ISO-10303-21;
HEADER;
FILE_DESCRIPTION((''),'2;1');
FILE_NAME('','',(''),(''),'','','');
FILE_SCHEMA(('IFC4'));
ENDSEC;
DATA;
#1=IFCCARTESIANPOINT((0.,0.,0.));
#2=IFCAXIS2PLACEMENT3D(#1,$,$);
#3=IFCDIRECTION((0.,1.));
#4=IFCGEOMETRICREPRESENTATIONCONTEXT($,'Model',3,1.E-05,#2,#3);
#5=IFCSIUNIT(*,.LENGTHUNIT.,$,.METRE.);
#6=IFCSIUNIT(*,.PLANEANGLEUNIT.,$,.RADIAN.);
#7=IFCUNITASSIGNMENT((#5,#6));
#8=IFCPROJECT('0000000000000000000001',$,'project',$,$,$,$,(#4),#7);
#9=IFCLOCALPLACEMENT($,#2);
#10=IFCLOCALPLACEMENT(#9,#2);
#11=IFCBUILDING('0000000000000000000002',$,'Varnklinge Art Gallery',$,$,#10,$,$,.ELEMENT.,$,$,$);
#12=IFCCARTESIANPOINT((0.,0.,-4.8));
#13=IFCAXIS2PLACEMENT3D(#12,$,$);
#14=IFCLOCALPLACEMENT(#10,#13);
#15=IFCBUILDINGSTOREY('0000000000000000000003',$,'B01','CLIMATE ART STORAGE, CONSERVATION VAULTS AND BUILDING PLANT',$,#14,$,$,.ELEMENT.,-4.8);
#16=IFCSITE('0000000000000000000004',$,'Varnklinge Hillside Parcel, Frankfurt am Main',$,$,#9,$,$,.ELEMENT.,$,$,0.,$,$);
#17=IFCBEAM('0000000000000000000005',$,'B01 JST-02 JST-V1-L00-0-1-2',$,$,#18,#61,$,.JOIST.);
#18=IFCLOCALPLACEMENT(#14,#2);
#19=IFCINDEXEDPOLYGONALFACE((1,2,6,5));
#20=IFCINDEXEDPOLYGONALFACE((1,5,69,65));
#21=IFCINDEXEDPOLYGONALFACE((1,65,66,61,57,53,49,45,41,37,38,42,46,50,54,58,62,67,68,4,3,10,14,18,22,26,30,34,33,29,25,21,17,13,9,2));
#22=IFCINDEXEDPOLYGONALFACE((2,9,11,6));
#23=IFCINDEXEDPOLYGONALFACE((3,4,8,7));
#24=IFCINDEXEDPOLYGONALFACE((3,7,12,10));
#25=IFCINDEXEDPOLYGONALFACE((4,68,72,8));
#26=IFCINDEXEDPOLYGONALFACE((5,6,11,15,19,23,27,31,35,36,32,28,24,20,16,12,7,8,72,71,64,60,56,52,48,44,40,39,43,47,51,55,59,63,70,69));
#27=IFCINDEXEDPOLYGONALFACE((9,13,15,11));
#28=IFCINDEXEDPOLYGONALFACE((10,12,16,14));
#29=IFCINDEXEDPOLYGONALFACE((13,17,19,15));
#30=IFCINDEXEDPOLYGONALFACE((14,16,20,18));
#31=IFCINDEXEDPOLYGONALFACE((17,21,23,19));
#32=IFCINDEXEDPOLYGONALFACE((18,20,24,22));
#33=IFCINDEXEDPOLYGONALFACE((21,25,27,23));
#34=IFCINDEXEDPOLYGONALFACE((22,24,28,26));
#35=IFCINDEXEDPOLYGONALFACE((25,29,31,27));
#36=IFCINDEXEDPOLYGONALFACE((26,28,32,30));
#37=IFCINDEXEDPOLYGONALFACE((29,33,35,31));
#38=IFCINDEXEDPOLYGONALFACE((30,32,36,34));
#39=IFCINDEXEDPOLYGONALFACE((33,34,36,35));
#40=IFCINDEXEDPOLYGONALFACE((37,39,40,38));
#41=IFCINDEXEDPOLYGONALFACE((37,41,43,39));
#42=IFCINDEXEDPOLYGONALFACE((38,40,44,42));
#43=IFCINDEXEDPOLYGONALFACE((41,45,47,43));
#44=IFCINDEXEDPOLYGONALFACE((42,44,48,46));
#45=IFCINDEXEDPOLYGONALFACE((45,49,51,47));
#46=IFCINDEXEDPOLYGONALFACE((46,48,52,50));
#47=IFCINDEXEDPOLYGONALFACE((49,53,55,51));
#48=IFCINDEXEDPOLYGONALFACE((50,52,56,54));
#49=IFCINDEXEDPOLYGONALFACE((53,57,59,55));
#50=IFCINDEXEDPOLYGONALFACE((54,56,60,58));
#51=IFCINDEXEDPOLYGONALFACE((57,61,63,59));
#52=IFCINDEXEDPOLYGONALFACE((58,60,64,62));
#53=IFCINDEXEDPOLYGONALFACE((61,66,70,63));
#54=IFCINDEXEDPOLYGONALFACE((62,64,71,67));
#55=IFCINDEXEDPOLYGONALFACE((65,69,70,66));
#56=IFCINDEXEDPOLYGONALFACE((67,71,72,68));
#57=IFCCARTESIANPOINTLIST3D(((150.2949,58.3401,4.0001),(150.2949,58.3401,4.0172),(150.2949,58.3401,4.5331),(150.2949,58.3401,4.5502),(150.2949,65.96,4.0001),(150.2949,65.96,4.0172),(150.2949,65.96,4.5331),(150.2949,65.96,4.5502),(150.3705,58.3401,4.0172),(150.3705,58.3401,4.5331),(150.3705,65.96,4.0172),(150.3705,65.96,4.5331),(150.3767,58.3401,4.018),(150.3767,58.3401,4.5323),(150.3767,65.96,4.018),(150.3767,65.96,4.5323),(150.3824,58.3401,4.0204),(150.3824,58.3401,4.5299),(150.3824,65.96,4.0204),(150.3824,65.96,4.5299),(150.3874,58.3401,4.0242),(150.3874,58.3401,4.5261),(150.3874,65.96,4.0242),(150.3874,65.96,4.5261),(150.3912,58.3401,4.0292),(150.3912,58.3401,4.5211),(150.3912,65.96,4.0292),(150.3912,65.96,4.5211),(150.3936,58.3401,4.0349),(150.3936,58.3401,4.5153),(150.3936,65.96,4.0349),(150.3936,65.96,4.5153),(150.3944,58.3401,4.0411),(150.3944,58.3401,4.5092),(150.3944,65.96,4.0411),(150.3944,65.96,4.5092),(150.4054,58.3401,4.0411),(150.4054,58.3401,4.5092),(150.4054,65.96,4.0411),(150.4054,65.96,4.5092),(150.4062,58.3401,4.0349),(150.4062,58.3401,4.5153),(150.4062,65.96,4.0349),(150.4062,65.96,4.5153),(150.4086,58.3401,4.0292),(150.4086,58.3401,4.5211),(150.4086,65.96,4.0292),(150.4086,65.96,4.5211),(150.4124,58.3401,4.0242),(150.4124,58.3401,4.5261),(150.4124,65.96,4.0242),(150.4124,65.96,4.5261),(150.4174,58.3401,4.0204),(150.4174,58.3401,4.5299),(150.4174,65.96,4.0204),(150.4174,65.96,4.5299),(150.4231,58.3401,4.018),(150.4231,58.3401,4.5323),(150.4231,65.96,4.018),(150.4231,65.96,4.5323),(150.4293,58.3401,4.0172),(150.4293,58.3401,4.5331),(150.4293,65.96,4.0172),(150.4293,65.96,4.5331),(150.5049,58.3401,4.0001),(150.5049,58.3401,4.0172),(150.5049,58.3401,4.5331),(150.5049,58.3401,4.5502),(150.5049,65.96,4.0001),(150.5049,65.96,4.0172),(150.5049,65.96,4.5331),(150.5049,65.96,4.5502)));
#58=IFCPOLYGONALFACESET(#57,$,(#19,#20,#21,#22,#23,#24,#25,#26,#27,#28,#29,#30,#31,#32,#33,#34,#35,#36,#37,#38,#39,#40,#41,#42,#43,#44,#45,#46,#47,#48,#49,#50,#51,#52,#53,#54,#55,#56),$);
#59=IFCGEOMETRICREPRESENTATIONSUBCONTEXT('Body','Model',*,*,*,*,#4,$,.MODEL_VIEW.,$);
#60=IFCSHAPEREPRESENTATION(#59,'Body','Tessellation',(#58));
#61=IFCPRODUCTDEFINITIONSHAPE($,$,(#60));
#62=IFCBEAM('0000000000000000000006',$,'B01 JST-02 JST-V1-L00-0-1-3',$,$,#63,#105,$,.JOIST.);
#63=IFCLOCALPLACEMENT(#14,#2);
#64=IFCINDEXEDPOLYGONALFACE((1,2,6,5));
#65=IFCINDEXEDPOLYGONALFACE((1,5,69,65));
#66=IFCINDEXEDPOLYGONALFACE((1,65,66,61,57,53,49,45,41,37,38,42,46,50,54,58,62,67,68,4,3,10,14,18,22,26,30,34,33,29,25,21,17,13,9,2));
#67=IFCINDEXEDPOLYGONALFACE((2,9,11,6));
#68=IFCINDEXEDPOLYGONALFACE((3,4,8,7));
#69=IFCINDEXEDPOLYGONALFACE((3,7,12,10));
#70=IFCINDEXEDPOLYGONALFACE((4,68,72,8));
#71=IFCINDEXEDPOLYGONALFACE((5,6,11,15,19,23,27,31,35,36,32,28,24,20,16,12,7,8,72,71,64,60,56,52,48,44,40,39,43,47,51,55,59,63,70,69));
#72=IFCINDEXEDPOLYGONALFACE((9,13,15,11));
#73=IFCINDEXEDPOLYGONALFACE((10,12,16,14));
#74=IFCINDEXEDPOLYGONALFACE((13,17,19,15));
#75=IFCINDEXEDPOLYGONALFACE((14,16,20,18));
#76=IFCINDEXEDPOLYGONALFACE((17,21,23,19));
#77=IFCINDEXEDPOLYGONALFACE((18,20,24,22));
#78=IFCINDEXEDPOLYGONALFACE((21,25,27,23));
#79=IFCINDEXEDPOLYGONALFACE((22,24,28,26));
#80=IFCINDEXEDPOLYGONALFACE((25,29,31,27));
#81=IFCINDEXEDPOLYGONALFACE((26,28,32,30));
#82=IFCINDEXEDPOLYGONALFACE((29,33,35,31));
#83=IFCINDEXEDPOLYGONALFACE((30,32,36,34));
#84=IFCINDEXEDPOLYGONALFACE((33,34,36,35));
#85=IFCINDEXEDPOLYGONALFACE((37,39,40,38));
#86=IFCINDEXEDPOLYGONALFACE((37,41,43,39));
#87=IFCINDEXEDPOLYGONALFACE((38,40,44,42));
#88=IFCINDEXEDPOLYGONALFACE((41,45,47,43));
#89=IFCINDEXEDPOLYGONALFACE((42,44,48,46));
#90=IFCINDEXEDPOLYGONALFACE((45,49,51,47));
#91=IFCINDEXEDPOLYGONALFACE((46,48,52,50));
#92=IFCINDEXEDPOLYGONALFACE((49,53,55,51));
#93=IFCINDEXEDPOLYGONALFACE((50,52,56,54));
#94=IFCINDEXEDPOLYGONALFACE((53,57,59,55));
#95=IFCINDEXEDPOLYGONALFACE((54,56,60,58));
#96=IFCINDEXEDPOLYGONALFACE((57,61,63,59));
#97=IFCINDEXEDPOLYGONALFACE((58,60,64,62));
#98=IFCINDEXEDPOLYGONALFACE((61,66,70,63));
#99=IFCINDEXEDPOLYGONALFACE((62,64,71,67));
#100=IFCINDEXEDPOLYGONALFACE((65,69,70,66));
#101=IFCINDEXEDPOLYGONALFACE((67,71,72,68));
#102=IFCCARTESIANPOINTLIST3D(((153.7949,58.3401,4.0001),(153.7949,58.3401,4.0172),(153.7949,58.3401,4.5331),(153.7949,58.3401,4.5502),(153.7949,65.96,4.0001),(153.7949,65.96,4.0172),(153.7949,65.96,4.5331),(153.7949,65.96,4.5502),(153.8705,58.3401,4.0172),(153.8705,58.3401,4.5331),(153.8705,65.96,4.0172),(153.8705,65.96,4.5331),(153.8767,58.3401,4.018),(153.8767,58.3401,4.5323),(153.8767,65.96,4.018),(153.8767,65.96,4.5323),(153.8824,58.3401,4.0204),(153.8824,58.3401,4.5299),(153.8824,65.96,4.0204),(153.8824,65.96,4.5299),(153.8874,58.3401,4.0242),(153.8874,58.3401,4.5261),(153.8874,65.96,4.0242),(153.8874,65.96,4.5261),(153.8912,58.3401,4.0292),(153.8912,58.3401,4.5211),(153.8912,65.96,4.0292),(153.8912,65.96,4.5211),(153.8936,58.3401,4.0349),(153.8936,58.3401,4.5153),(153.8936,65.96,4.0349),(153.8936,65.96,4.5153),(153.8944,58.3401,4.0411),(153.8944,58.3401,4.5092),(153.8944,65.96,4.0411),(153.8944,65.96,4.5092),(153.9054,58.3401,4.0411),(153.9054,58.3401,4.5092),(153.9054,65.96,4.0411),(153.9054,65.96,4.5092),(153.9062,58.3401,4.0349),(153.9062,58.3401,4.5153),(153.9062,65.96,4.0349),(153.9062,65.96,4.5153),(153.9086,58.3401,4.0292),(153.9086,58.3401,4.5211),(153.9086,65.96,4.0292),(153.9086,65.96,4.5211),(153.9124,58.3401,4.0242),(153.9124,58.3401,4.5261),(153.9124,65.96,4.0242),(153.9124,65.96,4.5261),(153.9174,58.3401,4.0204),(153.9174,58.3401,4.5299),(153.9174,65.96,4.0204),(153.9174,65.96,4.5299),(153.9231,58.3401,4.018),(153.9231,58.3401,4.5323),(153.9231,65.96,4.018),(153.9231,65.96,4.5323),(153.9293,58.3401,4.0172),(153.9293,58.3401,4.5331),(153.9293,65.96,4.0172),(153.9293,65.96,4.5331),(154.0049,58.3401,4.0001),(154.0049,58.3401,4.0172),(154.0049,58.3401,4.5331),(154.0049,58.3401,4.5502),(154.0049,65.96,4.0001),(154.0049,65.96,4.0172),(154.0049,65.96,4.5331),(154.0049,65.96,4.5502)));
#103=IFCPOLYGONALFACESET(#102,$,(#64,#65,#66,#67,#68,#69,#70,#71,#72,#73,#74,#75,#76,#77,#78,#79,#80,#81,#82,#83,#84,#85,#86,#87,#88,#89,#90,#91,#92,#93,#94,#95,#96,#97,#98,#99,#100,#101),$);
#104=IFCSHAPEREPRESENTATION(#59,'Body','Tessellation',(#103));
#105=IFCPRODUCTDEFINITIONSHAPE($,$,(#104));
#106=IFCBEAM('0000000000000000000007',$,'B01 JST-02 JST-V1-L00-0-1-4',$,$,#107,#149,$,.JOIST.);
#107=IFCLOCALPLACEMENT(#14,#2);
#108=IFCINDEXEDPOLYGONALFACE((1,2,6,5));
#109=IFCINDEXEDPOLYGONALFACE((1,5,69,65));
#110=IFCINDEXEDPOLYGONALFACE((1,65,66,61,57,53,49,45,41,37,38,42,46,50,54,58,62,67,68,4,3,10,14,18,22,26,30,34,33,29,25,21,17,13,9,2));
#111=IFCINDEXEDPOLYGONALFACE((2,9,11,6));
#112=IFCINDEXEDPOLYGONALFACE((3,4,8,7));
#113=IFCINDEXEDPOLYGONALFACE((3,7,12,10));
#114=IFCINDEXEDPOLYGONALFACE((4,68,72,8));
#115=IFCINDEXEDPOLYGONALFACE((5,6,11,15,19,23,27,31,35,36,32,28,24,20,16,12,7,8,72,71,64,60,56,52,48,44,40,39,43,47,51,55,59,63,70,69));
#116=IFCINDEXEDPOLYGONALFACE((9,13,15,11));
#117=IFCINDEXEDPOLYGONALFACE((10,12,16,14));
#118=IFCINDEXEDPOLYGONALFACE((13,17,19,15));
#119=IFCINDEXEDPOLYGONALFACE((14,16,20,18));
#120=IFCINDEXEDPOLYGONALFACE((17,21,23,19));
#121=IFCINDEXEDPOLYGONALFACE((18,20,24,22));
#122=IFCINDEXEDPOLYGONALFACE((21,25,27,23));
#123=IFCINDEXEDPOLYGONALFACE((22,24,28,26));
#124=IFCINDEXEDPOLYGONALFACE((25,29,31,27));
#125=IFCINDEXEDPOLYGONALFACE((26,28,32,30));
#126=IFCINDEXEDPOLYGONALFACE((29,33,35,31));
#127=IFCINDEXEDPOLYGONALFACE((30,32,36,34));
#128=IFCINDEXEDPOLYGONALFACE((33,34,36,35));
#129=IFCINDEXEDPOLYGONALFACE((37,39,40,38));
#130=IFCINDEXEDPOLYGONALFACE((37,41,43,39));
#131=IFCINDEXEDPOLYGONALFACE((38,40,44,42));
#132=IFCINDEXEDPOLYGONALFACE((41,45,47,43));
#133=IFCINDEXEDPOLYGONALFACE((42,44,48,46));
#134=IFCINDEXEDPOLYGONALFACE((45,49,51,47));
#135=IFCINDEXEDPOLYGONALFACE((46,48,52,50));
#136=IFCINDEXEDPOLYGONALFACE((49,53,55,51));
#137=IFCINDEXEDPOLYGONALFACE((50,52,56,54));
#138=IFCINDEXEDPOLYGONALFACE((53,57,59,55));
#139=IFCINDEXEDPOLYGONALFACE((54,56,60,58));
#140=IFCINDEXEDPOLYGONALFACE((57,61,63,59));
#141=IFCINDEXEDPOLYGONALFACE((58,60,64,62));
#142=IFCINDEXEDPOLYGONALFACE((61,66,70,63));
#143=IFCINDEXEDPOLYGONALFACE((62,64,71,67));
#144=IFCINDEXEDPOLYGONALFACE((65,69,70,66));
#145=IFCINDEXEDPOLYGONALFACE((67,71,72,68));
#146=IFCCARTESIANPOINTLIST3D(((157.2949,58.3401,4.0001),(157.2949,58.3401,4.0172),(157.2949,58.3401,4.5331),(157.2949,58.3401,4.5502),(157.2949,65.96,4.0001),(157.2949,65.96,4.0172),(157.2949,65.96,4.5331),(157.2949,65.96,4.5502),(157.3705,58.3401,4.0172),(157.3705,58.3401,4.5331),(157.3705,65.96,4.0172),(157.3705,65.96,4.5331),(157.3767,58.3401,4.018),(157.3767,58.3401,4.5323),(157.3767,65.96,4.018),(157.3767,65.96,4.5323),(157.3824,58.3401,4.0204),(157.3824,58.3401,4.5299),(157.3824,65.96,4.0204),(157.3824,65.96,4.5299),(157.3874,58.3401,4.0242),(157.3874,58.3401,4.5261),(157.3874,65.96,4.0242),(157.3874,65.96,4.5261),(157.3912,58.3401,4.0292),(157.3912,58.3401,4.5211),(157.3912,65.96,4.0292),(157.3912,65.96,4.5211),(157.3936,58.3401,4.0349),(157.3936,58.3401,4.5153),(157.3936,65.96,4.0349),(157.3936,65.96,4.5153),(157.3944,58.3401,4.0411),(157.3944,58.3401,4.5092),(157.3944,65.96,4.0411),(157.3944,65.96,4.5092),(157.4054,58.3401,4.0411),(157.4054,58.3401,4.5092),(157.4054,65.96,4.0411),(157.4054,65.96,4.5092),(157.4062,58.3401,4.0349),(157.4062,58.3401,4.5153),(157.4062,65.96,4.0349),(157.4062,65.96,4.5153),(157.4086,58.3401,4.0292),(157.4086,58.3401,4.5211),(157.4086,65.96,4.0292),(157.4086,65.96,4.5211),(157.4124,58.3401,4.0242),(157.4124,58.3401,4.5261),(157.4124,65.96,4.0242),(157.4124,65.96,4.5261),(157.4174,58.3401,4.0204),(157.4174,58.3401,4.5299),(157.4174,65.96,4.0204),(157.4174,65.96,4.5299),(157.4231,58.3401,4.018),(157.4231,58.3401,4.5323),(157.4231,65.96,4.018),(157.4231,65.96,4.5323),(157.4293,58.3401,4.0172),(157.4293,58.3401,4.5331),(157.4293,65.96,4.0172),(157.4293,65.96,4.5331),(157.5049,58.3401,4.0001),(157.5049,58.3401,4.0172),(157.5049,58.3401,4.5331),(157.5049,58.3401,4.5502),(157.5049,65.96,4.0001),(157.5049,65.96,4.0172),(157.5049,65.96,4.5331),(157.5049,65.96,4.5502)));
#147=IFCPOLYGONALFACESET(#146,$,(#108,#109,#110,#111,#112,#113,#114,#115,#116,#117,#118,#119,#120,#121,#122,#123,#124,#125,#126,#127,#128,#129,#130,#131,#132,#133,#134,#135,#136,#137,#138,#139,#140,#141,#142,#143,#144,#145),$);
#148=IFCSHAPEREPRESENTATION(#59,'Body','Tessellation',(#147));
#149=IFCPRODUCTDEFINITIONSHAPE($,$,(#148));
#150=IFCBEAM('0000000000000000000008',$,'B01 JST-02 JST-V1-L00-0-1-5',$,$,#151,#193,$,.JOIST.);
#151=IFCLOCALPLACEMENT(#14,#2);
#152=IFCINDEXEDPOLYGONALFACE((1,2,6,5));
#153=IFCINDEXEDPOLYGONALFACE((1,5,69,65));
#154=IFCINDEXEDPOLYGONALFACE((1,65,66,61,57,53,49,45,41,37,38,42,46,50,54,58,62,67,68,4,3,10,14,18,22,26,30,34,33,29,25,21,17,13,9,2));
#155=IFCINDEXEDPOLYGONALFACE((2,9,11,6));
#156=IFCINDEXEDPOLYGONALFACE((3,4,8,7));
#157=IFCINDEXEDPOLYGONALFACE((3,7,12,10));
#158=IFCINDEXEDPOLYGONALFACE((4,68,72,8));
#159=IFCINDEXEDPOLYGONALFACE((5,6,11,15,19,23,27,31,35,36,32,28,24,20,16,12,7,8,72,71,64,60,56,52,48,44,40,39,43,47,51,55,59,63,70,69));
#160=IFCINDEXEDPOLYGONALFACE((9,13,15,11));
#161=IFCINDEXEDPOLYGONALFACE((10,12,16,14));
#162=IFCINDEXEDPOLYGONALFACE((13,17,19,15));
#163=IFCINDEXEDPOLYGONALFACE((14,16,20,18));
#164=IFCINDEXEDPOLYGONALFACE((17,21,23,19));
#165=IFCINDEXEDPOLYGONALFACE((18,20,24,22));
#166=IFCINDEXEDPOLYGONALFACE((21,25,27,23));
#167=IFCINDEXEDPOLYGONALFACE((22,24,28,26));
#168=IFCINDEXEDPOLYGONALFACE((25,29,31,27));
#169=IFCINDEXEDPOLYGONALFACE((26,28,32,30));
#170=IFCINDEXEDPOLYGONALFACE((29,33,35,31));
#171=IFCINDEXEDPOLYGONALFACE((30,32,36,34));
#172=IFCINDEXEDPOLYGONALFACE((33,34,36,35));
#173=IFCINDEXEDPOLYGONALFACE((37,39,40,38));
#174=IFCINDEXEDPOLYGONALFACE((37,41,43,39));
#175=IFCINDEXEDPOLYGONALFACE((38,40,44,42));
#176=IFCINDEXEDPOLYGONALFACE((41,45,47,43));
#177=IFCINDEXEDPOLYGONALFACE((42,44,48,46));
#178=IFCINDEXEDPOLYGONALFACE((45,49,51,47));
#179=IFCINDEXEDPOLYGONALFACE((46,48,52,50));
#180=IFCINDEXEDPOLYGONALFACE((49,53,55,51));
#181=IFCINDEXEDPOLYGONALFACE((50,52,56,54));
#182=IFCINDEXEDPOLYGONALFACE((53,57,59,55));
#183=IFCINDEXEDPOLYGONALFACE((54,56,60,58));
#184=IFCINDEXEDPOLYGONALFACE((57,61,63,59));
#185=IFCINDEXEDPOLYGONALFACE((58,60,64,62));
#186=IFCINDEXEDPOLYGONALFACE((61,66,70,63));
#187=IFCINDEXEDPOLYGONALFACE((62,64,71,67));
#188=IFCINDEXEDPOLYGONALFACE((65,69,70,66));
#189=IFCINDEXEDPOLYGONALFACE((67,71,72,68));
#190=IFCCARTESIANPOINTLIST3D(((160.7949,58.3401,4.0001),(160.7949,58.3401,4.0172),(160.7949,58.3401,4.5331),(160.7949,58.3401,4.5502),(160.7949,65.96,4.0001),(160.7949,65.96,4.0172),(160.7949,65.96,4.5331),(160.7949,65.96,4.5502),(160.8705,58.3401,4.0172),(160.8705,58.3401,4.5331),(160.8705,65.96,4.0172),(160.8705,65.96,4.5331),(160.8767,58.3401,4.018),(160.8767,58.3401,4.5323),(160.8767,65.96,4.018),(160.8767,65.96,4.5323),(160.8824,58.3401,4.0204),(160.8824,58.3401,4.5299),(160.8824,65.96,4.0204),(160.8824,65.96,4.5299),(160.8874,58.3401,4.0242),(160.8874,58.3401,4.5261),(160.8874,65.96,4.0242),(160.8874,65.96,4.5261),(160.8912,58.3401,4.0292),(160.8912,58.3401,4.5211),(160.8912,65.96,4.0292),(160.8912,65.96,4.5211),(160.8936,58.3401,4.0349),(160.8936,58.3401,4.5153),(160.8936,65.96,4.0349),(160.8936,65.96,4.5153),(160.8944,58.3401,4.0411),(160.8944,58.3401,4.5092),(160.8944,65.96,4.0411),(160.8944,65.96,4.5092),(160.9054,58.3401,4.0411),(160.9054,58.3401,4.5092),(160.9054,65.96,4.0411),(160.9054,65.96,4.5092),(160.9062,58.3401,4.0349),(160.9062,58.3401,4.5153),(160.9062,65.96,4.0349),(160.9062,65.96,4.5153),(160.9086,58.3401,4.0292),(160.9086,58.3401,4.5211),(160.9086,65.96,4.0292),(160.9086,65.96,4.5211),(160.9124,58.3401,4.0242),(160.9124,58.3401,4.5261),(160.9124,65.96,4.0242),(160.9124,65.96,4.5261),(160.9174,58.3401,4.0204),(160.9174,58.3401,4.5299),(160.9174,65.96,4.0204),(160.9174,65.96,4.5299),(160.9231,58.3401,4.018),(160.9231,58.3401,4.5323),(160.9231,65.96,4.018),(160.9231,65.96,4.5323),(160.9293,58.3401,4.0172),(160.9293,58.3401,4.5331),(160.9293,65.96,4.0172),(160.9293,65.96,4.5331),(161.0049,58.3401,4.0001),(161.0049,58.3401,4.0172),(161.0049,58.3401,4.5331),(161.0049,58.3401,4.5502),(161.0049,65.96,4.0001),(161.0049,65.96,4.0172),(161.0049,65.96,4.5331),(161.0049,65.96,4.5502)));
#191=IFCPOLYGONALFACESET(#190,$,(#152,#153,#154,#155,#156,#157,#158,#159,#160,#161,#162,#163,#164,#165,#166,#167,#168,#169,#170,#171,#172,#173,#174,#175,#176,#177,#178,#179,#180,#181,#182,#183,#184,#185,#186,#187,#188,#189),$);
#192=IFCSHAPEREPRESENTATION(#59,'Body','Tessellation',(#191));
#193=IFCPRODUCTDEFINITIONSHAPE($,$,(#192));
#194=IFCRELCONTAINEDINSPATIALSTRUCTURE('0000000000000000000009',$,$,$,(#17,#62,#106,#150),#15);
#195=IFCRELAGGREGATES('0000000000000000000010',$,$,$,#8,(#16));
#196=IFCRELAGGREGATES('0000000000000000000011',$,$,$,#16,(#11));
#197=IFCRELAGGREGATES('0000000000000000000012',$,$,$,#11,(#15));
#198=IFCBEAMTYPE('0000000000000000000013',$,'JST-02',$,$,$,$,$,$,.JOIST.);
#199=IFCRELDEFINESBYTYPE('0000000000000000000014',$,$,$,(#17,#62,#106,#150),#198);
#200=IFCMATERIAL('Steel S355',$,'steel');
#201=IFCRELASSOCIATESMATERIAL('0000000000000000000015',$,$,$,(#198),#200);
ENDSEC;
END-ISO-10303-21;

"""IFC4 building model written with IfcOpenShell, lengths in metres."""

from ifc_helpers import new_model, si_unit, direction, frame, origin, origin_2d, place, context, subcontext, project, spatial, i_section, extrude, material, material_profile, profile_set, type_object, element, save


model = new_model("IFC4")

# Units and contexts
model_context = context("Model", 3, precision=1e-05, world=origin(), true_north=direction((0.0, 1.0)))
body_context = subcontext(model_context, "Body", "Model", "MODEL_VIEW")
ifc_project = project(units=[si_unit("LENGTHUNIT", "METRE"), si_unit("PLANEANGLEUNIT", "RADIAN")], contexts=[model_context])

# Site, building, storey
site_placement = place(None, origin())
site = spatial("IfcSite", under=ifc_project, at=site_placement, Name="Varnklinge Hillside Parcel, Frankfurt am Main", CompositionType="ELEMENT", RefElevation=0.0)
building_placement = place(site_placement, origin())
building = spatial("IfcBuilding", under=site, at=building_placement, Name="Varnklinge Art Gallery", CompositionType="ELEMENT")
storey_placement = place(building_placement, frame((0.0, 0.0, -4.8)))
storey = spatial("IfcBuildingStorey", under=building, at=storey_placement, Name="B01", Description="CLIMATE ART STORAGE, CONSERVATION VAULTS AND BUILDING PLANT", CompositionType="ELEMENT", Elevation=-4.8)

# Beams
ifc_material_1 = material(Name="Steel S355", Category="steel")
ifc_material_profile_1 = material_profile(ifc_material_1, i_section(OverallWidth=0.21, OverallDepth=0.55, WebThickness=0.011, FlangeThickness=0.0171, FilletRadius=0.0239, at=origin_2d()), Name="IPE 550")
ifc_profile_set_1 = profile_set([ifc_material_profile_1], Name="Steel S355")
beam_type_1 = type_object("IfcBeamType", Name="JST-02", PredefinedType="JOIST", material=ifc_profile_set_1)
for number, where, z_axis, x_axis, name in (
    (1, (150.3999, 58.3401, 4.2751), (0.0, 1.0, 0.0), (-1.0, 0.0, 0.0), "B01 JST-02 JST-V1-L00-0-1-2"),
    (2, (153.8999, 58.3401, 4.2751), (0.0, 1.0, 0.0), (-1.0, 0.0, 0.0), "B01 JST-02 JST-V1-L00-0-1-3"),
    (3, (157.3999, 58.3401, 4.2751), (0.0, 1.0, 0.0), (-1.0, 0.0, 0.0), "B01 JST-02 JST-V1-L00-0-1-4"),
    (4, (160.8999, 58.3401, 4.2751), (0.0, 1.0, 0.0), (-1.0, 0.0, 0.0), "B01 JST-02 JST-V1-L00-0-1-5"),
):
    element("IfcBeam", number, at=place(storey_placement, frame(where, z_axis=z_axis, x_axis=x_axis)), inside=storey, type_object=beam_type_1, Name=name, PredefinedType="JOIST", context=body_context, shape_type="SweptSolid", body=[
        extrude(i_section(OverallWidth=0.21, OverallDepth=0.55, WebThickness=0.011, FlangeThickness=0.0171, FilletRadius=0.0239, at=origin_2d()), origin(), (0.0, 0.0, 1.0), 7.6199),
    ])

save(model, "model.ifc")
